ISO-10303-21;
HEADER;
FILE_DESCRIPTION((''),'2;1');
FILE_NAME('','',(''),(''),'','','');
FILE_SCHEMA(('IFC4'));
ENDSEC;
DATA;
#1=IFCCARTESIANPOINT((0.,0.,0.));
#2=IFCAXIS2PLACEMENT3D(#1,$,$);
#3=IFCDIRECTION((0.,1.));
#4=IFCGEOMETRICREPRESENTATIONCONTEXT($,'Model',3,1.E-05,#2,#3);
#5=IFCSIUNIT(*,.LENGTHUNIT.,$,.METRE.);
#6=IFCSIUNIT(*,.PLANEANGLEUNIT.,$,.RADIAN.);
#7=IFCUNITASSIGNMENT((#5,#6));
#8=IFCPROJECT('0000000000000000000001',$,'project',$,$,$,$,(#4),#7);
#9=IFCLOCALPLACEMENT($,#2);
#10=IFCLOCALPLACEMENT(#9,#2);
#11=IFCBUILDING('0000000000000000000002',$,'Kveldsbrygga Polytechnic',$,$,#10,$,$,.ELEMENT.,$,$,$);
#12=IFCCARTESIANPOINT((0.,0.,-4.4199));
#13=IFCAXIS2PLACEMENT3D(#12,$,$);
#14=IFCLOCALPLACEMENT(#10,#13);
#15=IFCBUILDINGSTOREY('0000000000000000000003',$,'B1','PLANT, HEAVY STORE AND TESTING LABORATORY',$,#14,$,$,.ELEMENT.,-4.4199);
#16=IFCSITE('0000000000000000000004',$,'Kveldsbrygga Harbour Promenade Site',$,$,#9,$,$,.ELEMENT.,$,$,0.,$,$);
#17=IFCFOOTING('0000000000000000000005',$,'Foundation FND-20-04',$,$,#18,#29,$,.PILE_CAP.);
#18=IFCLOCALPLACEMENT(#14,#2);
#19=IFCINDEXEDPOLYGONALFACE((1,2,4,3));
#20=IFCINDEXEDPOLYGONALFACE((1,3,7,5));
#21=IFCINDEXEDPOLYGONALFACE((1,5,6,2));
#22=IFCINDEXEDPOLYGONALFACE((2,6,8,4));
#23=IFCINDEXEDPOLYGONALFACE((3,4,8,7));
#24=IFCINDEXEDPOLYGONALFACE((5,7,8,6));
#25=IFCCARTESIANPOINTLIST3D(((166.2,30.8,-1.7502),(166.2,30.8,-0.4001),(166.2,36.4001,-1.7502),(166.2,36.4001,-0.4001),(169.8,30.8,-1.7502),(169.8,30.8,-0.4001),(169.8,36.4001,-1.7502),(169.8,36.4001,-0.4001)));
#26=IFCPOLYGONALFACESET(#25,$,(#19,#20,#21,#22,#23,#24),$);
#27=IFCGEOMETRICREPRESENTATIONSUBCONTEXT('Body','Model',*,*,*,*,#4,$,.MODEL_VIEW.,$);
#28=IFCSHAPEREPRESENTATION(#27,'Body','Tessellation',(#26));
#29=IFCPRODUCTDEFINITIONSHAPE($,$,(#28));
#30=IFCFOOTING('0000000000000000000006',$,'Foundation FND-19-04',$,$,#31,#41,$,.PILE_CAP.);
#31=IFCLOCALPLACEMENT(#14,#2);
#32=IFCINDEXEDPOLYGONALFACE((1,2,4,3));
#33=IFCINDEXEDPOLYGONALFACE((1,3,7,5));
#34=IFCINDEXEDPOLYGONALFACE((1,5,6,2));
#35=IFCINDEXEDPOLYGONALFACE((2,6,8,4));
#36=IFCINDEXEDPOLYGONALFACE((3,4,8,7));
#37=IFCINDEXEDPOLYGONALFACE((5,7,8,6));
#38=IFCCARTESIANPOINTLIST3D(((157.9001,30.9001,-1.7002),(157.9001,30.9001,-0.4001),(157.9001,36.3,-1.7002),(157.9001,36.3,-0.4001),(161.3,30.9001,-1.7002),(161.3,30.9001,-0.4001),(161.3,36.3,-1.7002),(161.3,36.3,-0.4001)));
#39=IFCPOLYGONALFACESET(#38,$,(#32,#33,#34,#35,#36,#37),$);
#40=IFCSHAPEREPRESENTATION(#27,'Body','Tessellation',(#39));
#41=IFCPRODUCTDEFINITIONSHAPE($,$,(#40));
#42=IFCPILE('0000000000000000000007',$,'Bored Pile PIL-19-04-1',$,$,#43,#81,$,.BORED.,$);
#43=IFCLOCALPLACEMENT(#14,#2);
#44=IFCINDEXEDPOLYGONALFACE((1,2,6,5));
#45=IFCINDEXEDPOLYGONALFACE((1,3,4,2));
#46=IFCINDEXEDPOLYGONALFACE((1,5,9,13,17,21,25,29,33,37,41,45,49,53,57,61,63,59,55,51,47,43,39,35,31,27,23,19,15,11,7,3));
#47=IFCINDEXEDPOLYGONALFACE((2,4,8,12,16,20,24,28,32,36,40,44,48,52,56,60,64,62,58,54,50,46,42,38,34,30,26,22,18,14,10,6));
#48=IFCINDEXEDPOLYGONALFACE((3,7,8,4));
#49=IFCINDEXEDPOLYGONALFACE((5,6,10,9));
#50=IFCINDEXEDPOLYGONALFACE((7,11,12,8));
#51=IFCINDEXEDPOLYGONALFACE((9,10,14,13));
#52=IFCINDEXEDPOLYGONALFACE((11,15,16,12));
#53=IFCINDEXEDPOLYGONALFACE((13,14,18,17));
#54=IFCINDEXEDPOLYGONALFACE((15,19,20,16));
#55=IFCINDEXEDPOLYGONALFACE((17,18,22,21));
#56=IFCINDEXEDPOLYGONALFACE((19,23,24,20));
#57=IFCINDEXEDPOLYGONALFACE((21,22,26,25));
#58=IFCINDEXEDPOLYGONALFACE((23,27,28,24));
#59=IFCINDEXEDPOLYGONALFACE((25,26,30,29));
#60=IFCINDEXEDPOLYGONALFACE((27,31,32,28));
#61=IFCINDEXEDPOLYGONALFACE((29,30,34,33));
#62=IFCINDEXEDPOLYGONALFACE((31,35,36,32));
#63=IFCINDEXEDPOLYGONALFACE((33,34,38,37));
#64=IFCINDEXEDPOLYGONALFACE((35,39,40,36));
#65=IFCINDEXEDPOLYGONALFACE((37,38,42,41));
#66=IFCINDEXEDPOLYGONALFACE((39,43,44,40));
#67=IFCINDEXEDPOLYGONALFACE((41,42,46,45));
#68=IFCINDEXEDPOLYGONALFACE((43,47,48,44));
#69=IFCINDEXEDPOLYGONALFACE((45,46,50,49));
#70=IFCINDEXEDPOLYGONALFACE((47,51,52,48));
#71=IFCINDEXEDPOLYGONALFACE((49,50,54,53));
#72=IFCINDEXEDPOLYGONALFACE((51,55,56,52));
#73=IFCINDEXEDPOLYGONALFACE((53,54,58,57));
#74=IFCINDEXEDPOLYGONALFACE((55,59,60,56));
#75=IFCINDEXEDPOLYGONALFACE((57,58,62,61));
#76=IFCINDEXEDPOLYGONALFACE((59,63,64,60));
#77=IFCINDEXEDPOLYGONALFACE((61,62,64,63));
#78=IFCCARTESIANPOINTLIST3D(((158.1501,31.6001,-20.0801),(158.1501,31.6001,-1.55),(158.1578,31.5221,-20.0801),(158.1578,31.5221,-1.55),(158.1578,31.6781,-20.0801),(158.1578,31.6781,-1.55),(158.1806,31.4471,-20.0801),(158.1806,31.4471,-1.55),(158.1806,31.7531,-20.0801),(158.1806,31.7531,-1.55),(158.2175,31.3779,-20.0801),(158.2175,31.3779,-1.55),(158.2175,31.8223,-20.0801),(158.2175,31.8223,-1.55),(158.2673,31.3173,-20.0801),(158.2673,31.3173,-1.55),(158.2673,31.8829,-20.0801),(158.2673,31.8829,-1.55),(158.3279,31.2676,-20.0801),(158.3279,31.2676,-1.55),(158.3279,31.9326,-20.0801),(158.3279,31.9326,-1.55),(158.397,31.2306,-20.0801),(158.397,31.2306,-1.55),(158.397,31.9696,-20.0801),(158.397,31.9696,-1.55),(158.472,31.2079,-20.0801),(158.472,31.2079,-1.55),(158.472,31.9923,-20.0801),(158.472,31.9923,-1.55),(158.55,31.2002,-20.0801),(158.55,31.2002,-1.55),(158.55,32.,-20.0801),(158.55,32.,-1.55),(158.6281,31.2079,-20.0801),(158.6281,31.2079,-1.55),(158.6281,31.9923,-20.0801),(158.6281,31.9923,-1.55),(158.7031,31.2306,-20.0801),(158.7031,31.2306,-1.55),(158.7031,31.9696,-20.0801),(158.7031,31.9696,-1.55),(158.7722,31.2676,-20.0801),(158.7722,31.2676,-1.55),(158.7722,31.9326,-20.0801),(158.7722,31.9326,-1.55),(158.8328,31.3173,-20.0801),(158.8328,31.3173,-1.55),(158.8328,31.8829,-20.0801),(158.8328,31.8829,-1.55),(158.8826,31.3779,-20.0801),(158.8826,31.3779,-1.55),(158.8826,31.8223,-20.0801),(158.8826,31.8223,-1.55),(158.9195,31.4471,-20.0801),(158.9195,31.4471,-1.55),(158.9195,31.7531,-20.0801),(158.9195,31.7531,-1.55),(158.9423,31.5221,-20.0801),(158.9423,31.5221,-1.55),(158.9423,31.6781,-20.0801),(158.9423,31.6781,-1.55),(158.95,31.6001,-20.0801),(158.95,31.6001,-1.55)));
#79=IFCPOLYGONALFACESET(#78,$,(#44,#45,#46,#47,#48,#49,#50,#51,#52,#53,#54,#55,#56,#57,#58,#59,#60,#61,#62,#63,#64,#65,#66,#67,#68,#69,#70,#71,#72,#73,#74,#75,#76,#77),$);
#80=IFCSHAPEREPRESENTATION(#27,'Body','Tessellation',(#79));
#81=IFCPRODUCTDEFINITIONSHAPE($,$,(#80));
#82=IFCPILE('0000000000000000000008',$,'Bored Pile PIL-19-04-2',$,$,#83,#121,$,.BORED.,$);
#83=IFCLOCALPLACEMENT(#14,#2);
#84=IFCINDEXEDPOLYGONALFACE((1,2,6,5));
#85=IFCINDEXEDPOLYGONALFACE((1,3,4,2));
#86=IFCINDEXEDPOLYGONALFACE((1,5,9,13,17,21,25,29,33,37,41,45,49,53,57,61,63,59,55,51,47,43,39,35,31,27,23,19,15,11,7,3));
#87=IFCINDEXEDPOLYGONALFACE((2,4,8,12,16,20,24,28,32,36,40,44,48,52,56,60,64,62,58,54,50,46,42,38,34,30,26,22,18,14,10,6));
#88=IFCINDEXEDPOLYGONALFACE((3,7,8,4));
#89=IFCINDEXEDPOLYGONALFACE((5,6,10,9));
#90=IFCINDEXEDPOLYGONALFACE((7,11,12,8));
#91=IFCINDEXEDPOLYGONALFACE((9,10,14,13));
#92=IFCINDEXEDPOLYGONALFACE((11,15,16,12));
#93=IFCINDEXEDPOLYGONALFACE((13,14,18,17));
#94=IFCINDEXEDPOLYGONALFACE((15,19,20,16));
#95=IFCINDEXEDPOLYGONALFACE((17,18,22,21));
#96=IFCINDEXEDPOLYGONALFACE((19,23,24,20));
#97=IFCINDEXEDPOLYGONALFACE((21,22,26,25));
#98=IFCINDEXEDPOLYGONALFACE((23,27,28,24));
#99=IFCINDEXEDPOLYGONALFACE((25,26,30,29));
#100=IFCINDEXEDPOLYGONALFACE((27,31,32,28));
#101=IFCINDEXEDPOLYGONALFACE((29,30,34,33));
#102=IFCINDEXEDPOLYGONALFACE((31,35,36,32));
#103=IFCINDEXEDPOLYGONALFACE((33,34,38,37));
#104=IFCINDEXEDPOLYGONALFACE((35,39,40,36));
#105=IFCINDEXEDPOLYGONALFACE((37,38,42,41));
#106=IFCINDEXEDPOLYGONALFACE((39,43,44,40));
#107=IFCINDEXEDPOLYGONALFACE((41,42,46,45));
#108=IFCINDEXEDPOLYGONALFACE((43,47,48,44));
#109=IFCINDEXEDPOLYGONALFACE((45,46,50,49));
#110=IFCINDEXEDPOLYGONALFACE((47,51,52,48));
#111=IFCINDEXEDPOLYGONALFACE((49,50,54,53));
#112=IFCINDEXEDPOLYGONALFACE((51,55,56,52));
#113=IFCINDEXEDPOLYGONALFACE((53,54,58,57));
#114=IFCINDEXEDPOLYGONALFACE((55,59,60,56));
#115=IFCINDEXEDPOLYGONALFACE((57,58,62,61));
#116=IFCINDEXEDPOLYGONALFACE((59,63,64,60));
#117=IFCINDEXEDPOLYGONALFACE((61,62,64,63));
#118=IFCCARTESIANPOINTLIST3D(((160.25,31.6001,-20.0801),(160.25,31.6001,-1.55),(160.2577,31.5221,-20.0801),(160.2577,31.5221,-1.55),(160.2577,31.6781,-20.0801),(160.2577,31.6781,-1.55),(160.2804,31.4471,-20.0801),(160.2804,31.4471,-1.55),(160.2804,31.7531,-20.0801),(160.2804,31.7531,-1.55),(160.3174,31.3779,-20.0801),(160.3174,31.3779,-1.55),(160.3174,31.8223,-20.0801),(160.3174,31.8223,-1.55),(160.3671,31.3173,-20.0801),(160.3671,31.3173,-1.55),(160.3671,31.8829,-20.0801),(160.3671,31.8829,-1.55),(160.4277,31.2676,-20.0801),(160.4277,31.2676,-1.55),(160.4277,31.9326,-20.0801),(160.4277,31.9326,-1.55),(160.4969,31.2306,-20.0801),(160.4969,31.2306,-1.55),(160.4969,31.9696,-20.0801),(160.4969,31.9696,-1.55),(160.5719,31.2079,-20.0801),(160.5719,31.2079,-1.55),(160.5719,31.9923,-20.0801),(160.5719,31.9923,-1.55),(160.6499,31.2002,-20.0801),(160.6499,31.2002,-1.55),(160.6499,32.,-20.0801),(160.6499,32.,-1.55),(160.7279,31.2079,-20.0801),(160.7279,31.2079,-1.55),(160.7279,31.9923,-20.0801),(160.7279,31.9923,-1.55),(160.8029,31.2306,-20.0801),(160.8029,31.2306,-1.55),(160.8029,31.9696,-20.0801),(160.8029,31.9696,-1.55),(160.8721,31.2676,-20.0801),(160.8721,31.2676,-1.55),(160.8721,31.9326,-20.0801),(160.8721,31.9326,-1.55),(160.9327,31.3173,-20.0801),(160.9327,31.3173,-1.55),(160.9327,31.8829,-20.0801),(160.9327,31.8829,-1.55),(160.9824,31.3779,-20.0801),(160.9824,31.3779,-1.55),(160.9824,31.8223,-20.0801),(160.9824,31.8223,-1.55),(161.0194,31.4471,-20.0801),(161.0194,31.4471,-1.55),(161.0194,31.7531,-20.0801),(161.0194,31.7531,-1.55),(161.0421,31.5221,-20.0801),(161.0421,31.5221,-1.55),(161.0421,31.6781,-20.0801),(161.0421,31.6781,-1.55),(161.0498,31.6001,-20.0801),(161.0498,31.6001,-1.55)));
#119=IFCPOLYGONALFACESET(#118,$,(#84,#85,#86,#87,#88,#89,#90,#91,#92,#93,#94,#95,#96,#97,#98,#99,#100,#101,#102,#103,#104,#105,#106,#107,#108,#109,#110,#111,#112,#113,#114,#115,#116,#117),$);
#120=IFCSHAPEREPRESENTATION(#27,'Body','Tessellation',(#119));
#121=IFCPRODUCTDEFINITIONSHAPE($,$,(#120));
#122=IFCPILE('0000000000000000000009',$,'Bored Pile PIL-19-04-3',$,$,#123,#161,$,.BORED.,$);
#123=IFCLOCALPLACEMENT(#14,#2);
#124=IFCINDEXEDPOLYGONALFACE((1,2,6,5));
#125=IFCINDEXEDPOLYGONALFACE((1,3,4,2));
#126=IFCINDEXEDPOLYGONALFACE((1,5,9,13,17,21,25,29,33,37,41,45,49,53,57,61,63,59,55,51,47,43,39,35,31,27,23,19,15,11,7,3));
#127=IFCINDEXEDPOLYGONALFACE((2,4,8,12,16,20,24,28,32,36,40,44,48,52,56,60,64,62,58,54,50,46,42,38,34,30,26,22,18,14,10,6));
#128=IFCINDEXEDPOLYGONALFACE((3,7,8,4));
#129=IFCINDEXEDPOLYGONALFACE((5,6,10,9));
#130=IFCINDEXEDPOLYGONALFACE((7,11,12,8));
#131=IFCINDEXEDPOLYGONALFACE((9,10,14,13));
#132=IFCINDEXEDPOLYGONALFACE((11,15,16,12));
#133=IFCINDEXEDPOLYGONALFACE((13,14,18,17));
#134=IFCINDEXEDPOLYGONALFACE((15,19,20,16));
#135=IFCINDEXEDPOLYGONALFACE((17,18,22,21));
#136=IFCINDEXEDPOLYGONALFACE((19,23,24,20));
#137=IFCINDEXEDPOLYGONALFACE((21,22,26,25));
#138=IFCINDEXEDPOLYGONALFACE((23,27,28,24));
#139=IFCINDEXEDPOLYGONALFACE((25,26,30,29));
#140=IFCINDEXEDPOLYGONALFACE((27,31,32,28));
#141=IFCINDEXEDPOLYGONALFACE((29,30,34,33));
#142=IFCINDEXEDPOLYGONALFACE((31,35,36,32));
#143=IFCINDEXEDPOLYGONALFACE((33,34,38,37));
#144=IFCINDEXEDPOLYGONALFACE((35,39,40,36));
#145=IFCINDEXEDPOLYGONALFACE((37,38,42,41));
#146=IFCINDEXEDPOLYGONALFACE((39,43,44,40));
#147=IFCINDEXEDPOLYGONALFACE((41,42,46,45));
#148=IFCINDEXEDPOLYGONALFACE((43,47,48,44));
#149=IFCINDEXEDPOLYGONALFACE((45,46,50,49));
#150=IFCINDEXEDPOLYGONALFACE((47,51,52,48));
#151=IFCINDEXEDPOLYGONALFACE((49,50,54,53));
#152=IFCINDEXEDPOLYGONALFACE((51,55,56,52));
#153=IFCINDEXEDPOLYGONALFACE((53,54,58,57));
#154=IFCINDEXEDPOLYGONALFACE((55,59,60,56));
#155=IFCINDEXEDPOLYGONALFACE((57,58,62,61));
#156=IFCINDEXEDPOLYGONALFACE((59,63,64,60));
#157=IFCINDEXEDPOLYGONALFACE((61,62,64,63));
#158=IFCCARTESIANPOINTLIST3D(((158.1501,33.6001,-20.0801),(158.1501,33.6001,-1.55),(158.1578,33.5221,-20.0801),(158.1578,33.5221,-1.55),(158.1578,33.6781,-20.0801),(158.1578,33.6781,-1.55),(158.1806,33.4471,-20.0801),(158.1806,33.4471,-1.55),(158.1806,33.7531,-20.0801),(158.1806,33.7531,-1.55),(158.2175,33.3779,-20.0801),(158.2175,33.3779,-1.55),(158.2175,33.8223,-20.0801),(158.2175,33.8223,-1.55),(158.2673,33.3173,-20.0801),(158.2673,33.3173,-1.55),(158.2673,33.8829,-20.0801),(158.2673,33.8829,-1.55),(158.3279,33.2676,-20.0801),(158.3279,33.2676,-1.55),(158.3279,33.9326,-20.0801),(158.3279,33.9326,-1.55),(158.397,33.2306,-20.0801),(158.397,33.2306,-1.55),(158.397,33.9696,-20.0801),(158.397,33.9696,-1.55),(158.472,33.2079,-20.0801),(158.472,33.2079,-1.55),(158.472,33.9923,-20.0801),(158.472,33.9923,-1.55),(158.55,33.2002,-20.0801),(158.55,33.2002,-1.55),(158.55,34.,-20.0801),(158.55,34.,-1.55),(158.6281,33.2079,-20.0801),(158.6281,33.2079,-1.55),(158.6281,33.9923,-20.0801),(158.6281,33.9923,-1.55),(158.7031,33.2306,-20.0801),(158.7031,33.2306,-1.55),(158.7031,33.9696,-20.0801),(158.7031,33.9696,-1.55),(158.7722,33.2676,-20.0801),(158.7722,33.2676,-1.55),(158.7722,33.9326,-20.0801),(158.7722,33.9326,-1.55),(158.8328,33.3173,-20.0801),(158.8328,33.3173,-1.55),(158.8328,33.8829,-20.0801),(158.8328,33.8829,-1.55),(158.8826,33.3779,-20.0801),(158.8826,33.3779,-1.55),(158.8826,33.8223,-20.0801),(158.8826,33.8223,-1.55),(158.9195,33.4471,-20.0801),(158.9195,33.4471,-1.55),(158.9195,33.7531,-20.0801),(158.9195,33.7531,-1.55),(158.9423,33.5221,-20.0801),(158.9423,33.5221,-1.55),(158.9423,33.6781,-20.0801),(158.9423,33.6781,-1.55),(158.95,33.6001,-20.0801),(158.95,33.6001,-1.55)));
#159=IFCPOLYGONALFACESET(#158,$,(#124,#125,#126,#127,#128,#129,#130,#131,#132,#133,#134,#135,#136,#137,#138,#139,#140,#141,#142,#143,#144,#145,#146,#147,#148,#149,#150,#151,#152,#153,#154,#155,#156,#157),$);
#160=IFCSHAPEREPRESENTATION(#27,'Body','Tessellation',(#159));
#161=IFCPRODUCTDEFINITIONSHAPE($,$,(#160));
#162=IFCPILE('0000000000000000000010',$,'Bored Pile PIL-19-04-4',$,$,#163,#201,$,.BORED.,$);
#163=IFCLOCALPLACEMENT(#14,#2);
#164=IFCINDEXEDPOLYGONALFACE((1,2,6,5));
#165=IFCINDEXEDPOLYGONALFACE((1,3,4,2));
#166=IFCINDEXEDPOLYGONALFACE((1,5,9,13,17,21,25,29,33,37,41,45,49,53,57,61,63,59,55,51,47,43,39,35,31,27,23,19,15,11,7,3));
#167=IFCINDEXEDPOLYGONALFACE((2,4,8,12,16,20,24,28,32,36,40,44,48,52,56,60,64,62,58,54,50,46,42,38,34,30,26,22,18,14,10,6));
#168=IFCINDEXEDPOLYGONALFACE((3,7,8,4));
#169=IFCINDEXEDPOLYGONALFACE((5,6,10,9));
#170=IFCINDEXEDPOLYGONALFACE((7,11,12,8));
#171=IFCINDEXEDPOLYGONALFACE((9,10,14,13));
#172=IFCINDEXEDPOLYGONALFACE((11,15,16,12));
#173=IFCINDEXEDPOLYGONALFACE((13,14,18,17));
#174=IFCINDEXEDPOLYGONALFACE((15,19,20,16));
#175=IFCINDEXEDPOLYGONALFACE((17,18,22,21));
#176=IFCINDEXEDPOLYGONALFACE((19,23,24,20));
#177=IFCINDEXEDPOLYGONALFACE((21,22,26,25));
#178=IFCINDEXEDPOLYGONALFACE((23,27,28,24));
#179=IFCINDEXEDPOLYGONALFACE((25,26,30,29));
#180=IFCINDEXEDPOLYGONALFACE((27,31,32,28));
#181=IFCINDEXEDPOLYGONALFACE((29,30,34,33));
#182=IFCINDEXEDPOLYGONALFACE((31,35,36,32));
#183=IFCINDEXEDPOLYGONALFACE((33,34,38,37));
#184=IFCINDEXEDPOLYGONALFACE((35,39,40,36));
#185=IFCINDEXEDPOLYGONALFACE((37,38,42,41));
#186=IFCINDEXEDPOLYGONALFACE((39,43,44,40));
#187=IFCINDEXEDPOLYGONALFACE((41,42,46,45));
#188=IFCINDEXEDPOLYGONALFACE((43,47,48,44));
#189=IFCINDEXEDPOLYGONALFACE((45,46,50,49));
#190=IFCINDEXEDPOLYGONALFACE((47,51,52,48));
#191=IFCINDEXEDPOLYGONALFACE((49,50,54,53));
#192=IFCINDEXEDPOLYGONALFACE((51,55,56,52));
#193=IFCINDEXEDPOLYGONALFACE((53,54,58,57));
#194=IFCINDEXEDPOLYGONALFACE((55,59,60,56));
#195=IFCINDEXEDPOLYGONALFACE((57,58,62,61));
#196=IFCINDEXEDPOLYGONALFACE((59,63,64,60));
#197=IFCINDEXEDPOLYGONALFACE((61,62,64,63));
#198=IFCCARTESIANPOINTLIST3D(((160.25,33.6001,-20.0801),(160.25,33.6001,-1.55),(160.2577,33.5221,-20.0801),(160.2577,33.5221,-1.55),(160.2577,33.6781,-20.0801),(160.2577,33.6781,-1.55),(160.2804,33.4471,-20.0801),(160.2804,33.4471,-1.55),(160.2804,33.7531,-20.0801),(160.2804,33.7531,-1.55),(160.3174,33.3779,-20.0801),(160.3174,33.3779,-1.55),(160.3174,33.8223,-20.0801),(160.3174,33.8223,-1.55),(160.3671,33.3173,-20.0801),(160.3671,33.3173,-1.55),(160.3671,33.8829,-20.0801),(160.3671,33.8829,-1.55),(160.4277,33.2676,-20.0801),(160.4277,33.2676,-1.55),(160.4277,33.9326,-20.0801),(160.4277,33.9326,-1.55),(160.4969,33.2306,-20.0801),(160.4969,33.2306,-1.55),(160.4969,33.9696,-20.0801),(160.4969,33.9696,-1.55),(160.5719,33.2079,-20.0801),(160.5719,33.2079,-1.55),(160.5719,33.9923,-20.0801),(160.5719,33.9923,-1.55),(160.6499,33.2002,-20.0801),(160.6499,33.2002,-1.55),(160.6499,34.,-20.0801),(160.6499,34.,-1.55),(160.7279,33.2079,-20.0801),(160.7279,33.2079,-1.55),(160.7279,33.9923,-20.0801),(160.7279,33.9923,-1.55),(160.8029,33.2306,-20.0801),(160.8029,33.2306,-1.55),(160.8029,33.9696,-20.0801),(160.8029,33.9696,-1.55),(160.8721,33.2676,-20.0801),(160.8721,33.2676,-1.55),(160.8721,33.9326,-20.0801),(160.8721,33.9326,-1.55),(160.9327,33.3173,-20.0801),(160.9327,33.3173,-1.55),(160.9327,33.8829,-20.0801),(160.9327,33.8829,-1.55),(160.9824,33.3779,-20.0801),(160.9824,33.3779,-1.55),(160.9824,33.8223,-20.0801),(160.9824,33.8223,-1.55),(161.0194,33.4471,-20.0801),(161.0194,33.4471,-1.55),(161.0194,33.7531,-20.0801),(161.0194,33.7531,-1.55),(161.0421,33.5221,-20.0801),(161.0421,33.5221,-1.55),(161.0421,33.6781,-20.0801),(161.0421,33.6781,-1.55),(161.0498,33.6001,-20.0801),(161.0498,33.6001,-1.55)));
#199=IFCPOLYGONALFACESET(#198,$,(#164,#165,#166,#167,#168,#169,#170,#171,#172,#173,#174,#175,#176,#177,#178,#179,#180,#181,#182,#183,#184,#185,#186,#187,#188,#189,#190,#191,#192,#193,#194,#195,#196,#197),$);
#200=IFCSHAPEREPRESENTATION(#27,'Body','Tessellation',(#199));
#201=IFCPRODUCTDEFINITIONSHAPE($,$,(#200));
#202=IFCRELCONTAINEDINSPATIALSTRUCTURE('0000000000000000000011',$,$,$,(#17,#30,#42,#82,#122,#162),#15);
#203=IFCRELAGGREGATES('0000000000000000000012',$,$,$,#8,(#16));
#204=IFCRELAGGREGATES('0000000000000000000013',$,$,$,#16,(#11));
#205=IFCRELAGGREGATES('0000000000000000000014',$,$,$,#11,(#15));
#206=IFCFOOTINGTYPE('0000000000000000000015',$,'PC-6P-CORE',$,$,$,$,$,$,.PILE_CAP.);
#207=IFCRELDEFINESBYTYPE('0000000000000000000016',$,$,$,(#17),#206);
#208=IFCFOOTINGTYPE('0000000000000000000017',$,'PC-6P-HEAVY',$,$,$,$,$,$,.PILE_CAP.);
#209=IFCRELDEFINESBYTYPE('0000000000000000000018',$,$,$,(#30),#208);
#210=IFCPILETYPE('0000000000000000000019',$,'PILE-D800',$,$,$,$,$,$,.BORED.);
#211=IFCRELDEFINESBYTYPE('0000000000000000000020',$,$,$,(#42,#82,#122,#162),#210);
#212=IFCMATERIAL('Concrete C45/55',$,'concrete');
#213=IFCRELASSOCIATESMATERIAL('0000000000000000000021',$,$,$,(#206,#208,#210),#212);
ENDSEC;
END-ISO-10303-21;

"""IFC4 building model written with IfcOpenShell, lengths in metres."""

from ifc_helpers import new_model, si_unit, direction, frame, origin, origin_2d, place, context, subcontext, project, spatial, rectangle, circle, extrude, material, material_profile, profile_set, type_object, element, save


model = new_model("IFC4")

# Units and contexts
model_context = context("Model", 3, precision=1e-05, world=origin(), true_north=direction((0.0, 1.0)))
body_context = subcontext(model_context, "Body", "Model", "MODEL_VIEW")
ifc_project = project(units=[si_unit("LENGTHUNIT", "METRE"), si_unit("PLANEANGLEUNIT", "RADIAN")], contexts=[model_context])

# Site, building, storey
site_placement = place(None, origin())
site = spatial("IfcSite", under=ifc_project, at=site_placement, Name="Kveldsbrygga Harbour Promenade Site", CompositionType="ELEMENT", RefElevation=0.0)
building_placement = place(site_placement, origin())
building = spatial("IfcBuilding", under=site, at=building_placement, Name="Kveldsbrygga Polytechnic", CompositionType="ELEMENT")
storey_placement = place(building_placement, frame((0.0, 0.0, -4.4199)))
storey = spatial("IfcBuildingStorey", under=building, at=storey_placement, Name="B1", Description="PLANT, HEAVY STORE AND TESTING LABORATORY", CompositionType="ELEMENT", Elevation=-4.4199)

# Footings
ifc_material_1 = material(Name="Concrete C45/55", Category="concrete")
footing_type_1 = type_object("IfcFootingType", Name="PC-6P-CORE", PredefinedType="PILE_CAP", material=ifc_material_1)
footing_1_placement = place(storey_placement, frame((168.0, 33.6001, -1.7502), z_axis=(0.0, 0.0, 1.0), x_axis=(1.0, 0.0, 0.0)))
element("IfcFooting", 1, at=footing_1_placement, inside=storey, type_object=footing_type_1, Name="Foundation FND-20-04", PredefinedType="PILE_CAP", context=body_context, shape_type="SweptSolid", body=[
    extrude(rectangle(XDim=3.6001, YDim=5.6001, at=origin_2d()), origin(), (0.0, 0.0, 1.0), 1.3501),
])
footing_type_2 = type_object("IfcFootingType", Name="PC-6P-HEAVY", PredefinedType="PILE_CAP", material=ifc_material_1)
footing_2_placement = place(storey_placement, frame((159.6001, 33.6001, -1.7002), z_axis=(0.0, 0.0, 1.0), x_axis=(1.0, 0.0, 0.0)))
element("IfcFooting", 2, at=footing_2_placement, inside=storey, type_object=footing_type_2, Name="Foundation FND-19-04", PredefinedType="PILE_CAP", context=body_context, shape_type="SweptSolid", body=[
    extrude(rectangle(XDim=3.3999, YDim=5.3999, at=origin_2d()), origin(), (0.0, 0.0, 1.0), 1.3),
])

# Piles
ifc_material_profile_1 = material_profile(ifc_material_1, circle(Radius=0.3999, at=origin_2d()), Name="PILE D800")
ifc_profile_set_1 = profile_set([ifc_material_profile_1], Name="Concrete C45/55")
pile_type = type_object("IfcPileType", Name="PILE-D800", PredefinedType="BORED", material=ifc_profile_set_1)
for number, where, z_axis, x_axis, name in (
    (3, (158.55, 31.6001, -1.55), (0.0, 0.0, -1.0), (1.0, 0.0, 0.0), "Bored Pile PIL-19-04-1"),
    (4, (160.6499, 31.6001, -1.55), (0.0, 0.0, -1.0), (1.0, 0.0, 0.0), "Bored Pile PIL-19-04-2"),
    (5, (158.55, 33.6001, -1.55), (0.0, 0.0, -1.0), (1.0, 0.0, 0.0), "Bored Pile PIL-19-04-3"),
    (6, (160.6499, 33.6001, -1.55), (0.0, 0.0, -1.0), (1.0, 0.0, 0.0), "Bored Pile PIL-19-04-4"),
):
    element("IfcPile", number, at=place(storey_placement, frame(where, z_axis=z_axis, x_axis=x_axis)), inside=storey, type_object=pile_type, Name=name, PredefinedType="BORED", context=body_context, shape_type="SweptSolid", body=[
        extrude(circle(Radius=0.3999, at=origin_2d()), origin(), (0.0, 0.0, 1.0), 18.53),
    ])

save(model, "model.ifc")
